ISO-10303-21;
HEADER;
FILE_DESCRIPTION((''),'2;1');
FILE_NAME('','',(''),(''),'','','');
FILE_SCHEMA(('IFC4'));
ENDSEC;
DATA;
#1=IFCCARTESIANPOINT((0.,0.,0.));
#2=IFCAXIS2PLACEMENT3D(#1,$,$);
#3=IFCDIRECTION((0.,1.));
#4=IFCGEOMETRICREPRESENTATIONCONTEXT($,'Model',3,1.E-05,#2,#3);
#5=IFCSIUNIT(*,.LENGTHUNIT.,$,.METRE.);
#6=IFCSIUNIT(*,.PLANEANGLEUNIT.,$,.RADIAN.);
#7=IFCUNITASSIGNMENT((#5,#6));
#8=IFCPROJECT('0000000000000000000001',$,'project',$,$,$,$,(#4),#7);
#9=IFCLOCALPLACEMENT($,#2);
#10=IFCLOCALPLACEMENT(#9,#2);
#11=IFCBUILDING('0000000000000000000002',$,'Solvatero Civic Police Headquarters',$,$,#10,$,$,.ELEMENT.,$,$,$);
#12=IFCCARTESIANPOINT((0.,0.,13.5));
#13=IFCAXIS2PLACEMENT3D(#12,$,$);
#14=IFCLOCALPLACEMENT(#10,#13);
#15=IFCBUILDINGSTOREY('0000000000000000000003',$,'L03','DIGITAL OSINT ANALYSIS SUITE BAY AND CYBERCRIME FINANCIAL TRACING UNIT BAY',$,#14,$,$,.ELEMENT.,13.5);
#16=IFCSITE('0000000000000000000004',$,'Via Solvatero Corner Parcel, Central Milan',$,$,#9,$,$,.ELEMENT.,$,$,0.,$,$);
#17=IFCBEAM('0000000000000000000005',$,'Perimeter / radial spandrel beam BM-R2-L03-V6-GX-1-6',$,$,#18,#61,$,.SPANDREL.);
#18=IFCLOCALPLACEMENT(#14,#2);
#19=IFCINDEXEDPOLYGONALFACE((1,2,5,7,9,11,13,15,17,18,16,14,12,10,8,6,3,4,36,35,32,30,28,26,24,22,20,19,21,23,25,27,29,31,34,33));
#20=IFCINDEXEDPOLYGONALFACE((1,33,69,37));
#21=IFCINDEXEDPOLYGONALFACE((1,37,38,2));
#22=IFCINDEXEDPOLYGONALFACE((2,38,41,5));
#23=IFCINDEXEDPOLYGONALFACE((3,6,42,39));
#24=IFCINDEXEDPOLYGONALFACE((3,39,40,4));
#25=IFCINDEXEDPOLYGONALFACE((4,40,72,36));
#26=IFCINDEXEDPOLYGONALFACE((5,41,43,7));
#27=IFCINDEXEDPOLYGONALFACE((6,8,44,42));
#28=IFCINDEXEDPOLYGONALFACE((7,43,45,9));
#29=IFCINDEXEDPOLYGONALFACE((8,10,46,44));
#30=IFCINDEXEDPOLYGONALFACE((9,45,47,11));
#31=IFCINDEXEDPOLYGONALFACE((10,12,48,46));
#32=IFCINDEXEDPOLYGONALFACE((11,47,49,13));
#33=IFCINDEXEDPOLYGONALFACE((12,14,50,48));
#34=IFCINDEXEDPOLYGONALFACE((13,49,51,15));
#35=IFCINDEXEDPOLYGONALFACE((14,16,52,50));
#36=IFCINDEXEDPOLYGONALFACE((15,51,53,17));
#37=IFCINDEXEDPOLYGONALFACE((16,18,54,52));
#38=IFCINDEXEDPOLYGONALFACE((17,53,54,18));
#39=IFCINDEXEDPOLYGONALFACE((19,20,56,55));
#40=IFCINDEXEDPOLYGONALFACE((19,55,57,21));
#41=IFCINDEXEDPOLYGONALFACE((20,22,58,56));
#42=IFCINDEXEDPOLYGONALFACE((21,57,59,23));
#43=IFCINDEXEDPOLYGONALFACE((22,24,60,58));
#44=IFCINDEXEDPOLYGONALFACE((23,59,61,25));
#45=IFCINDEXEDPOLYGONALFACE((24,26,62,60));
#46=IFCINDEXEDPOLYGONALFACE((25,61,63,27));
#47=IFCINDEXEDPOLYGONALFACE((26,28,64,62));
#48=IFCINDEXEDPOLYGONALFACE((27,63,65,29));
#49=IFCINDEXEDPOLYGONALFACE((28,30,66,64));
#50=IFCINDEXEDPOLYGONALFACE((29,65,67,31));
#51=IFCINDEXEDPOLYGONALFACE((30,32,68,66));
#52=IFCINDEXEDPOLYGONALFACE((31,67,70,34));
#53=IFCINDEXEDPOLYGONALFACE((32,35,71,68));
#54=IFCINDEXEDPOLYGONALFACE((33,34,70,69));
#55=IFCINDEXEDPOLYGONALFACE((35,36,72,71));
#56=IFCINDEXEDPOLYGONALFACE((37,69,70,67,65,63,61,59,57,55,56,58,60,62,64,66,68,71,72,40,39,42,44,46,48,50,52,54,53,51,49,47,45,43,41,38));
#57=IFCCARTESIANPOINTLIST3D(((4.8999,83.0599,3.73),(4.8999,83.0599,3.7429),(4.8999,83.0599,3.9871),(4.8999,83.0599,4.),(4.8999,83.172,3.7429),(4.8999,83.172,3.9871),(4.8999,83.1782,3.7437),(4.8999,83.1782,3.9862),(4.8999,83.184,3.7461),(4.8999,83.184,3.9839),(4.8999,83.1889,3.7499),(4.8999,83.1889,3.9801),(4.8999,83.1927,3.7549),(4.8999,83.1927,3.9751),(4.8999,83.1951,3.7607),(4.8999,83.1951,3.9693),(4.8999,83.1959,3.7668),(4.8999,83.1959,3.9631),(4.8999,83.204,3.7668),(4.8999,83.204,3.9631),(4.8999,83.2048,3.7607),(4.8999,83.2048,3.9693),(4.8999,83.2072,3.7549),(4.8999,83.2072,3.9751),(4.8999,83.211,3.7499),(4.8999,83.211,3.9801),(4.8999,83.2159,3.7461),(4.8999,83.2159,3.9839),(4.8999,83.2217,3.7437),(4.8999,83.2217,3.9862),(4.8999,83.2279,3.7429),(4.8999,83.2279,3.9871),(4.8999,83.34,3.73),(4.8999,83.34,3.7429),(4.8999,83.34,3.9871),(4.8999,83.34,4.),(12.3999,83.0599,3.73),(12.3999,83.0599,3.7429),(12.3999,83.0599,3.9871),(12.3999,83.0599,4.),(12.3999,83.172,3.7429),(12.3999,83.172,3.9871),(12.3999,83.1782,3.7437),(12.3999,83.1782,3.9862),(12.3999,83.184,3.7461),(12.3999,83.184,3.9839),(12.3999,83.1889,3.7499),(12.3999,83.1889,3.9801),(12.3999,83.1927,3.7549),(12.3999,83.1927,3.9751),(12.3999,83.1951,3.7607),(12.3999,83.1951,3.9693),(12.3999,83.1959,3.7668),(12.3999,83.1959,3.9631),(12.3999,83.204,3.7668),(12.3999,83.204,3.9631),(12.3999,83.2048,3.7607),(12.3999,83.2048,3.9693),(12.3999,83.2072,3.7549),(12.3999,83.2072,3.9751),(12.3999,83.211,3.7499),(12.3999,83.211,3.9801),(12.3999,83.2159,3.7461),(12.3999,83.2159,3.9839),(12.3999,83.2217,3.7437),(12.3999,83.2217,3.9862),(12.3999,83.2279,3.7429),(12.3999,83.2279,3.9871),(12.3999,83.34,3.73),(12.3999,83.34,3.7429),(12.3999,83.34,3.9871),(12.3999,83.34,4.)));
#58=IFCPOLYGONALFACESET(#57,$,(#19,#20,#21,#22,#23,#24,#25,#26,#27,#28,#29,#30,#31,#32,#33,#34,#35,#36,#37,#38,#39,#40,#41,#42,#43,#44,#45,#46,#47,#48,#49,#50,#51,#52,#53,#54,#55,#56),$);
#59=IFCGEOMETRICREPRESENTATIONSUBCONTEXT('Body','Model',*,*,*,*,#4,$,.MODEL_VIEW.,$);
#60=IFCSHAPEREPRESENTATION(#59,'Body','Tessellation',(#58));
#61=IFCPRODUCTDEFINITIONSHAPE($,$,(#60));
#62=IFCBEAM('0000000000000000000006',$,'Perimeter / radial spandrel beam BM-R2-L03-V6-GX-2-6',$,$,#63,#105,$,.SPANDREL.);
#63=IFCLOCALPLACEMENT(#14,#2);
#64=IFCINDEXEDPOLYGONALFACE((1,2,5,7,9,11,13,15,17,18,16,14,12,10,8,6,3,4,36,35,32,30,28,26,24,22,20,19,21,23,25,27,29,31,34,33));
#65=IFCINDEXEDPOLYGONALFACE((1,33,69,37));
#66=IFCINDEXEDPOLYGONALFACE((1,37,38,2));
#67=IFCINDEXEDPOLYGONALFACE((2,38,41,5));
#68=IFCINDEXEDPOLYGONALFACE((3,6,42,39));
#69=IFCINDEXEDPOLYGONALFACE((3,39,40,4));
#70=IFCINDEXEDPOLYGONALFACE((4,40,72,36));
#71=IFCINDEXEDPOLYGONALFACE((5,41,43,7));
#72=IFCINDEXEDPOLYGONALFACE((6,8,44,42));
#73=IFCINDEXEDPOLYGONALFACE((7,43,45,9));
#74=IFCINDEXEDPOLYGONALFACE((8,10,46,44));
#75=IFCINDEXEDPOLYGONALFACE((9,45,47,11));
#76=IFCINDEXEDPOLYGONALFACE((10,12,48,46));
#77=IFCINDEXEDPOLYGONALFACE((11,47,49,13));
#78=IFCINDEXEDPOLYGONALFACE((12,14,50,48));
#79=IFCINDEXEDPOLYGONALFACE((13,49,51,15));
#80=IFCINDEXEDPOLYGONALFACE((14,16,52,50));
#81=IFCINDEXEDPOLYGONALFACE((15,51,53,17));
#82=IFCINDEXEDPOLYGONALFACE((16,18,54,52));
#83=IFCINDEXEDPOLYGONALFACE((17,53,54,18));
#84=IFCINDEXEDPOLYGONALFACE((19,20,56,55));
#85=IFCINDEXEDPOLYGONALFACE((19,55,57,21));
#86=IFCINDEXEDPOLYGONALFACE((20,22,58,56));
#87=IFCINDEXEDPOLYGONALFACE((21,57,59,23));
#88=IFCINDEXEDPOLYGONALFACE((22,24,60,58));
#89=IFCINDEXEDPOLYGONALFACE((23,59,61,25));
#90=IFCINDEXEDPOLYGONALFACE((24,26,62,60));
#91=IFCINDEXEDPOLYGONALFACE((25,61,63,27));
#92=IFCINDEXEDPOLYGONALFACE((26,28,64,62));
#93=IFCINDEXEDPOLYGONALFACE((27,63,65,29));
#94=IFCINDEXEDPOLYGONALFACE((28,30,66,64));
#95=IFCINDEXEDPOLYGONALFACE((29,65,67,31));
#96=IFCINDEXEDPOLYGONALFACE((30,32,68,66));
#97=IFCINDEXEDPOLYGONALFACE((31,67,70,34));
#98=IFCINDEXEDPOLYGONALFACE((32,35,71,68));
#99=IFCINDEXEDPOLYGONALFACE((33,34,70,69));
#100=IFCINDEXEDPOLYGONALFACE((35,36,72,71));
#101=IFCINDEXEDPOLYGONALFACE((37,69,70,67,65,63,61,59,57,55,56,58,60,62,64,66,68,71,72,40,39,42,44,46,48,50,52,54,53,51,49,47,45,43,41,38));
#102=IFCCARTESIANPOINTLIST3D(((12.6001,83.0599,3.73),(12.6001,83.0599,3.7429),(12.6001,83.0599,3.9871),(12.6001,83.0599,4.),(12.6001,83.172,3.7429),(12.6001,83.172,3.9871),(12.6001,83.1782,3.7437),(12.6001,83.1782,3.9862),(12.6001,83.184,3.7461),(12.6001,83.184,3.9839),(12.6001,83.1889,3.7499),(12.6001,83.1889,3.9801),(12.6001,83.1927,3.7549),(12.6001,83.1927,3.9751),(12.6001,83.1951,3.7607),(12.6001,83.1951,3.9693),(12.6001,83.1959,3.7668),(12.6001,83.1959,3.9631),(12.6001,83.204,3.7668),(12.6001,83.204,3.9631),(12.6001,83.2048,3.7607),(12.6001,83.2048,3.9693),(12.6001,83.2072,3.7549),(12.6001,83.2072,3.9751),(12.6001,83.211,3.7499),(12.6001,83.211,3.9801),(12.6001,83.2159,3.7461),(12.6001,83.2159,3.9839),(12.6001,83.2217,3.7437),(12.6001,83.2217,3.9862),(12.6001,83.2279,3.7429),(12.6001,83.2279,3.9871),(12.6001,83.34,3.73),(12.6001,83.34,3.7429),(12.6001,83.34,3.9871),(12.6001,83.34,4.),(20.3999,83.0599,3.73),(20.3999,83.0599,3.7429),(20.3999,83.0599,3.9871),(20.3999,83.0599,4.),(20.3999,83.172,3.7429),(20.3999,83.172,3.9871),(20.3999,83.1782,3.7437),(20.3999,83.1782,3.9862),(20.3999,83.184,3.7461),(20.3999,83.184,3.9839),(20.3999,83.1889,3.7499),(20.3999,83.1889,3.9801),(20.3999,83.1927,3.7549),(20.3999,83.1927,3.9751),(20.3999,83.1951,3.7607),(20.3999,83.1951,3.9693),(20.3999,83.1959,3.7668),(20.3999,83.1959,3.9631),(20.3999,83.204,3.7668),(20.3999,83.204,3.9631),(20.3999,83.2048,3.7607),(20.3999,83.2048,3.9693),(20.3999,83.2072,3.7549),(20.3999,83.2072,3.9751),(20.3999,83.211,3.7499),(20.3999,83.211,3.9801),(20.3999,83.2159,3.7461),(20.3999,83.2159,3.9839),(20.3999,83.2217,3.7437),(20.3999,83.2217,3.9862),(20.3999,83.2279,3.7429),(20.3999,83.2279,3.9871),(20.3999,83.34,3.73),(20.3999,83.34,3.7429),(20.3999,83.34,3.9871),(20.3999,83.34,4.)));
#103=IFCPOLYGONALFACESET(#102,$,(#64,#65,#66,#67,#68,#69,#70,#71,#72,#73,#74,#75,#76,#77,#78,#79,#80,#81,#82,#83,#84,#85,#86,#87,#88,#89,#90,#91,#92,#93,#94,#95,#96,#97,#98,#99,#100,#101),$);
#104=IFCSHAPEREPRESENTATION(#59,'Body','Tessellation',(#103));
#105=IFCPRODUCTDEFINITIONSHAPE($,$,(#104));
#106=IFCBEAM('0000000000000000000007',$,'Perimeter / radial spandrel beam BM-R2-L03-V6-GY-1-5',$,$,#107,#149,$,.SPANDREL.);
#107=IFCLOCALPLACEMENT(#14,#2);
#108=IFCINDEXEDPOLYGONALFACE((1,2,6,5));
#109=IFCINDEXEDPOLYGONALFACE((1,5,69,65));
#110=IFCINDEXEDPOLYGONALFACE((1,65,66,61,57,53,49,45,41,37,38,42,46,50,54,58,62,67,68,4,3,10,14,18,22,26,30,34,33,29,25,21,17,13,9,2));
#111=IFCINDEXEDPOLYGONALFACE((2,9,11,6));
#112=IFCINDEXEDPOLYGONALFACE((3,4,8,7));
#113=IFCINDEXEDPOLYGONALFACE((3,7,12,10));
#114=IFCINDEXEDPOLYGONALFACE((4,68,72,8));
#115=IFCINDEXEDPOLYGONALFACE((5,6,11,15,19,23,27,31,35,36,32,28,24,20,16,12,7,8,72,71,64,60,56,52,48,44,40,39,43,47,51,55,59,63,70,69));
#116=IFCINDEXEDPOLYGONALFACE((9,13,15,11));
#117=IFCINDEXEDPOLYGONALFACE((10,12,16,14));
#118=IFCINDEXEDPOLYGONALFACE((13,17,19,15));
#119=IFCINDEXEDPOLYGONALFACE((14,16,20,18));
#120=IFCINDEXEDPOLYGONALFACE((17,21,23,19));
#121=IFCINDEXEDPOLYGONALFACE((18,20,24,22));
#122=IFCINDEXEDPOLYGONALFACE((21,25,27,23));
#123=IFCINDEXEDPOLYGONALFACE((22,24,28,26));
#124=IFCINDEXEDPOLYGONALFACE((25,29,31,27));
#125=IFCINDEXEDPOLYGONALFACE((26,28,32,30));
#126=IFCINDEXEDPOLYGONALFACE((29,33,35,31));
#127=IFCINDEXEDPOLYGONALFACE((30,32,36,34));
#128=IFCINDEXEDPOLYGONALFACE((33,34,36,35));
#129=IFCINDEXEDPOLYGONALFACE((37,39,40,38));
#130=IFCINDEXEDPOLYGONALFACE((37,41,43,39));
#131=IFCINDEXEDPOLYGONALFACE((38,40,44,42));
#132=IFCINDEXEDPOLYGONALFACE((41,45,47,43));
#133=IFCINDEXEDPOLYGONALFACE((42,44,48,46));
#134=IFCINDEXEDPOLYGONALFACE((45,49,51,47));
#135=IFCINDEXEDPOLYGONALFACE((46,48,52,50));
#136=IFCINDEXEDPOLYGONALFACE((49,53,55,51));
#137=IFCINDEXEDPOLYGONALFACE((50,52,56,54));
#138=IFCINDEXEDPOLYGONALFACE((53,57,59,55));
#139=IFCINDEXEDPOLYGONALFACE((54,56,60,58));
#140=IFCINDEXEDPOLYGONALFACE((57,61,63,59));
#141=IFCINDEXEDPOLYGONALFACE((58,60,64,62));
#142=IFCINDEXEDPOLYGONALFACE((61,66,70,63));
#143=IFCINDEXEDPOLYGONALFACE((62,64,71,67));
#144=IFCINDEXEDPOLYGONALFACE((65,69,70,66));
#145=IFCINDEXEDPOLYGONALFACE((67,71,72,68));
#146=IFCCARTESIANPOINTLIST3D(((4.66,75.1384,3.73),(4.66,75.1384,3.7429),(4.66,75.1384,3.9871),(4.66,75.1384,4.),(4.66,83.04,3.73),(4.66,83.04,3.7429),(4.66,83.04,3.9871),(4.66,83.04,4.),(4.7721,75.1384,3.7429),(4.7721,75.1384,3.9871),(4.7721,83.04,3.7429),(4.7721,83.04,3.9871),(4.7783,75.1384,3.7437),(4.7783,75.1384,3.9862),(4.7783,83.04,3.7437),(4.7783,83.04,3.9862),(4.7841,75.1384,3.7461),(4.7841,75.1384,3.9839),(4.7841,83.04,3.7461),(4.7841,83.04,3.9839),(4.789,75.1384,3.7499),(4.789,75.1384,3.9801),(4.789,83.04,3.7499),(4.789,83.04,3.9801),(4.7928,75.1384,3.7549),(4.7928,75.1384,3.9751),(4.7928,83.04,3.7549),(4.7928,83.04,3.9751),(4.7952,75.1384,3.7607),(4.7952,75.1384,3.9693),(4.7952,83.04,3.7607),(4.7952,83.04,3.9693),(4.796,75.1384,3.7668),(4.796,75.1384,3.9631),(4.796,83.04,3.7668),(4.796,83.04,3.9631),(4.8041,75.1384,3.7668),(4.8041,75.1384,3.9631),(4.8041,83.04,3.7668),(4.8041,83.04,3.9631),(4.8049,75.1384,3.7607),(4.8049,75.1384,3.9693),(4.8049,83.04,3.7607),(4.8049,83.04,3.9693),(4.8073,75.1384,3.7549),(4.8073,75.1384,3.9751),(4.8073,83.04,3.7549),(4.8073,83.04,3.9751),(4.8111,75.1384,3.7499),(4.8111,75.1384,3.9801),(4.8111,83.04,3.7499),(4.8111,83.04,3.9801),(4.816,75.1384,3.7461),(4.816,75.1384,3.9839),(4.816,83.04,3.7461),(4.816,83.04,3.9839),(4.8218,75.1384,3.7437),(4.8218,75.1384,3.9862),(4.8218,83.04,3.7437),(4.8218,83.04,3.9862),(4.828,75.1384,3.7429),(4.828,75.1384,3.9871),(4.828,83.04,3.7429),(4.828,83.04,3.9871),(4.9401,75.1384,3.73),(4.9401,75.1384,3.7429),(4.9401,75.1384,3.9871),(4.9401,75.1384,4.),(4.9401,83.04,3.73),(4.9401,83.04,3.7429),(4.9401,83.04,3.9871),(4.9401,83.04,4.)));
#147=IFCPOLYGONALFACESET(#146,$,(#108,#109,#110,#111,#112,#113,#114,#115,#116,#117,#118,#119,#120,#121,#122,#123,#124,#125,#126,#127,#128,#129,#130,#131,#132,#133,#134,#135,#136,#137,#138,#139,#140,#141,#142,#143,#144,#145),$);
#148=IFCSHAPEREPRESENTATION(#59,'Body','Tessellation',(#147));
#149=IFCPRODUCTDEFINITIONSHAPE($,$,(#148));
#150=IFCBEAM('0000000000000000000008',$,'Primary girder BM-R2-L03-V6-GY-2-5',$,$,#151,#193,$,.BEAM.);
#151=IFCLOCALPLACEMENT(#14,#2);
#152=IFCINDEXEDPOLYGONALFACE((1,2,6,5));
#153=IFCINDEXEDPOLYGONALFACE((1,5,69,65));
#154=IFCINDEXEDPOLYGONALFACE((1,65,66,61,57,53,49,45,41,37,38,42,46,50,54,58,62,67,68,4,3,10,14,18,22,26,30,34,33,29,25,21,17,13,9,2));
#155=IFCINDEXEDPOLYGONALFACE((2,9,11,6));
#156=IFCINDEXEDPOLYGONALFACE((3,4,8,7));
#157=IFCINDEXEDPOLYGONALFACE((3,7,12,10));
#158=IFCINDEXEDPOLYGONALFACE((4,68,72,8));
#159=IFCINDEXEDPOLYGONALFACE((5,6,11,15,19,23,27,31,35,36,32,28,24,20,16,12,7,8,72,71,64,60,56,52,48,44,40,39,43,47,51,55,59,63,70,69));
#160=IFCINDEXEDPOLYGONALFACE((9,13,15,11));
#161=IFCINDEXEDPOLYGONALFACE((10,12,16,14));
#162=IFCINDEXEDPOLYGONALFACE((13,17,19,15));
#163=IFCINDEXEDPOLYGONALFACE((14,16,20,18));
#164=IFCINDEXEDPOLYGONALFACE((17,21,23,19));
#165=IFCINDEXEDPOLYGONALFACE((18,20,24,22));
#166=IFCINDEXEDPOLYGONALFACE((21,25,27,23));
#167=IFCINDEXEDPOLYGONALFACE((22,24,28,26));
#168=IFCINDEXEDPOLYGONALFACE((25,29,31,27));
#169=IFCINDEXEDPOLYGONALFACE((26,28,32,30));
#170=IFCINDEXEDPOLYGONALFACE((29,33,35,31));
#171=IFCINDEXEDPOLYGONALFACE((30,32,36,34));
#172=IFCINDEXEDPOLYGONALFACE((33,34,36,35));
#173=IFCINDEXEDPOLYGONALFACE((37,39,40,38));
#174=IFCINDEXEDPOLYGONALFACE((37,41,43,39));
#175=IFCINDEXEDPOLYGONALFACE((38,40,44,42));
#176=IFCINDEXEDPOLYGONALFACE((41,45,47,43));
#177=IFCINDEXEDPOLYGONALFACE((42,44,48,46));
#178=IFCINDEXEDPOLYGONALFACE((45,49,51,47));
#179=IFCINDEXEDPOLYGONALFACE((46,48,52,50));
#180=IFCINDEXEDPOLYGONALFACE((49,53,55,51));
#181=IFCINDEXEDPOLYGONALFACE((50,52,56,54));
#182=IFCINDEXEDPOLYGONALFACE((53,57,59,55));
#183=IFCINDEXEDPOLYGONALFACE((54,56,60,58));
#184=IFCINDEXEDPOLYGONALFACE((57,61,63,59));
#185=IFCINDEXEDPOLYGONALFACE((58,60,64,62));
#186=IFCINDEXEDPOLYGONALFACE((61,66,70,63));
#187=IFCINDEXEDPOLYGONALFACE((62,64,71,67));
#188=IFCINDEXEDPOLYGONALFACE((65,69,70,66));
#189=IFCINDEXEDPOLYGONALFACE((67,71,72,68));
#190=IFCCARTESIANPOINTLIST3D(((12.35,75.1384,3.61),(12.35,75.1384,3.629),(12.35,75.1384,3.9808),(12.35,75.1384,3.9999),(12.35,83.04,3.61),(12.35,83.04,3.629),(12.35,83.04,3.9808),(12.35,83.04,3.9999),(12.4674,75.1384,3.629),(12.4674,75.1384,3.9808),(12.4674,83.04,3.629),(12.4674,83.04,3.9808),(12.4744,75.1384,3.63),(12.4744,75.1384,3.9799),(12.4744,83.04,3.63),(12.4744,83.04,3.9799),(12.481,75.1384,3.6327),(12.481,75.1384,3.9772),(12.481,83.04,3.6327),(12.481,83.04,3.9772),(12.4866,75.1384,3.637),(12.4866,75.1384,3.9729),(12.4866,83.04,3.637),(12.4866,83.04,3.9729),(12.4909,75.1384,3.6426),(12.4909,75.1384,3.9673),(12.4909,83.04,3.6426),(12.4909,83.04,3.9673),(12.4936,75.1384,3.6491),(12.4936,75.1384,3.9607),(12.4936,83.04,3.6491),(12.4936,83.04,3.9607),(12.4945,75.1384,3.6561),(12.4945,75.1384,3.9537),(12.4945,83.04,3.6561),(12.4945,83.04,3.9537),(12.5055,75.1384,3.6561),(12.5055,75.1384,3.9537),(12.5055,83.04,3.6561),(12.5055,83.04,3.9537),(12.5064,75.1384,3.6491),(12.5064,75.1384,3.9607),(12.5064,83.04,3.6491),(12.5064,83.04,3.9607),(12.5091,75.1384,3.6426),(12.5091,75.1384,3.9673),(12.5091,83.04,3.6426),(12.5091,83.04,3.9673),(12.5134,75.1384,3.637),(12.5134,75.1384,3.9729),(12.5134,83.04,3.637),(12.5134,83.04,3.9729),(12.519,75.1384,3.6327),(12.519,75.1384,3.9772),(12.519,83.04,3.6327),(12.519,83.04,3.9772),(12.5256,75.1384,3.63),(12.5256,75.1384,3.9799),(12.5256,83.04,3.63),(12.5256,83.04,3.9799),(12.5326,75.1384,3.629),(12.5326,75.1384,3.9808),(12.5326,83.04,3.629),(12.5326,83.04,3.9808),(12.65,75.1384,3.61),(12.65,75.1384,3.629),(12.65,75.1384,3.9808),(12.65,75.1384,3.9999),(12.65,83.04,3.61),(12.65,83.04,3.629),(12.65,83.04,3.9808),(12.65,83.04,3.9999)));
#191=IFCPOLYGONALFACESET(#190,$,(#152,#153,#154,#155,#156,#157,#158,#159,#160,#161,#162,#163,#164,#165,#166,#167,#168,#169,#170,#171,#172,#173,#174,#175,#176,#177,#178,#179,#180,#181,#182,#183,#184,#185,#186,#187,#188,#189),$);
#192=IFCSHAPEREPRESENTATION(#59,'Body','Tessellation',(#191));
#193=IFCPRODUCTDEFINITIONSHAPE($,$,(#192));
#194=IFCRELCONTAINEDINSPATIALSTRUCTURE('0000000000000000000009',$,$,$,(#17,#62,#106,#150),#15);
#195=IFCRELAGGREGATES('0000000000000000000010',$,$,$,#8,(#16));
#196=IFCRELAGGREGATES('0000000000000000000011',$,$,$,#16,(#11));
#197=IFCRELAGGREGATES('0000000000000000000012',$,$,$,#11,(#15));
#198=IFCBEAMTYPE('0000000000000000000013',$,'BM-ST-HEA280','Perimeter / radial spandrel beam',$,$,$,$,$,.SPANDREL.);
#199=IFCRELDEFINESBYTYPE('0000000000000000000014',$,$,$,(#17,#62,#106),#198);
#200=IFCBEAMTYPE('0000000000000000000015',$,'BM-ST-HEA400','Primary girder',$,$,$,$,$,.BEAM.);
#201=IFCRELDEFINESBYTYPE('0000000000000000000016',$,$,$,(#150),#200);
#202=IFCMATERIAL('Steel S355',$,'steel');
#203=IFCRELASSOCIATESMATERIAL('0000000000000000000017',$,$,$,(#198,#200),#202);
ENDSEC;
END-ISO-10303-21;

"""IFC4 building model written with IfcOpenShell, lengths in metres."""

from ifc_helpers import new_model, si_unit, direction, frame, origin, origin_2d, place, context, subcontext, project, spatial, i_section, extrude, material, material_profile, profile_set, type_object, element, save


model = new_model("IFC4")

# Units and contexts
model_context = context("Model", 3, precision=1e-05, world=origin(), true_north=direction((0.0, 1.0)))
body_context = subcontext(model_context, "Body", "Model", "MODEL_VIEW")
ifc_project = project(units=[si_unit("LENGTHUNIT", "METRE"), si_unit("PLANEANGLEUNIT", "RADIAN")], contexts=[model_context])

# Site, building, storey
site_placement = place(None, origin())
site = spatial("IfcSite", under=ifc_project, at=site_placement, Name="Via Solvatero Corner Parcel, Central Milan", CompositionType="ELEMENT", RefElevation=0.0)
building_placement = place(site_placement, origin())
building = spatial("IfcBuilding", under=site, at=building_placement, Name="Solvatero Civic Police Headquarters", CompositionType="ELEMENT")
storey_placement = place(building_placement, frame((0.0, 0.0, 13.5)))
storey = spatial("IfcBuildingStorey", under=building, at=storey_placement, Name="L03", Description="DIGITAL OSINT ANALYSIS SUITE BAY AND CYBERCRIME FINANCIAL TRACING UNIT BAY", CompositionType="ELEMENT", Elevation=13.5)

# Shared definitions
ifc_material_1 = material(Name="Steel S355", Category="steel")

# Beams
ifc_material_profile_1 = material_profile(ifc_material_1, i_section(OverallWidth=0.28, OverallDepth=0.27, WebThickness=0.0081, FlangeThickness=0.0129, FilletRadius=0.0239, at=origin_2d()), Name="HEA 280")
ifc_profile_set_1 = profile_set([ifc_material_profile_1], Name="Steel S355")
beam_type_1 = type_object("IfcBeamType", Name="BM-ST-HEA280", Description="Perimeter / radial spandrel beam", PredefinedType="SPANDREL", material=ifc_profile_set_1)
beam_1_placement = place(storey_placement, frame((4.8999, 83.2, 3.865), z_axis=(1.0, 0.0, 0.0), x_axis=(0.0, 1.0, 0.0)))
element("IfcBeam", 1, at=beam_1_placement, inside=storey, type_object=beam_type_1, Name="Perimeter / radial spandrel beam BM-R2-L03-V6-GX-1-6", PredefinedType="SPANDREL", context=body_context, shape_type="SweptSolid", body=[
    extrude(i_section(OverallWidth=0.28, OverallDepth=0.27, WebThickness=0.0081, FlangeThickness=0.0129, FilletRadius=0.0239, at=origin_2d()), origin(), (0.0, 0.0, 1.0), 7.5),
])
beam_2_placement = place(storey_placement, frame((12.6001, 83.2, 3.865), z_axis=(1.0, 0.0, 0.0), x_axis=(0.0, 1.0, 0.0)))
element("IfcBeam", 2, at=beam_2_placement, inside=storey, type_object=beam_type_1, Name="Perimeter / radial spandrel beam BM-R2-L03-V6-GX-2-6", PredefinedType="SPANDREL", context=body_context, shape_type="SweptSolid", body=[
    extrude(i_section(OverallWidth=0.28, OverallDepth=0.27, WebThickness=0.0081, FlangeThickness=0.0129, FilletRadius=0.0239, at=origin_2d()), origin(), (0.0, 0.0, 1.0), 7.7998),
])
beam_3_placement = place(storey_placement, frame((4.8, 75.1384, 3.865), z_axis=(0.0, 1.0, 0.0), x_axis=(-1.0, 0.0, 0.0)))
element("IfcBeam", 3, at=beam_3_placement, inside=storey, type_object=beam_type_1, Name="Perimeter / radial spandrel beam BM-R2-L03-V6-GY-1-5", PredefinedType="SPANDREL", context=body_context, shape_type="SweptSolid", body=[
    extrude(i_section(OverallWidth=0.28, OverallDepth=0.27, WebThickness=0.0081, FlangeThickness=0.0129, FilletRadius=0.0239, at=origin_2d()), origin(), (0.0, 0.0, 1.0), 7.9016),
])
ifc_material_profile_2 = material_profile(ifc_material_1, i_section(OverallWidth=0.3, OverallDepth=0.3899, WebThickness=0.011, FlangeThickness=0.019, FilletRadius=0.0271, at=origin_2d()), Name="HEA 400")
ifc_profile_set_2 = profile_set([ifc_material_profile_2], Name="Steel S355")
beam_type_2 = type_object("IfcBeamType", Name="BM-ST-HEA400", Description="Primary girder", PredefinedType="BEAM", material=ifc_profile_set_2)
for number, where, z_axis, x_axis, name in (
    (4, (12.5, 75.1384, 3.8049), (0.0, 1.0, 0.0), (-1.0, 0.0, 0.0), "Primary girder BM-R2-L03-V6-GY-2-5"),
):
    element("IfcBeam", number, at=place(storey_placement, frame(where, z_axis=z_axis, x_axis=x_axis)), inside=storey, type_object=beam_type_2, Name=name, PredefinedType="BEAM", context=body_context, shape_type="SweptSolid", body=[
        extrude(i_section(OverallWidth=0.3, OverallDepth=0.3899, WebThickness=0.011, FlangeThickness=0.019, FilletRadius=0.0271, at=origin_2d()), origin(), (0.0, 0.0, 1.0), 7.9016),
    ])

save(model, "model.ifc")
